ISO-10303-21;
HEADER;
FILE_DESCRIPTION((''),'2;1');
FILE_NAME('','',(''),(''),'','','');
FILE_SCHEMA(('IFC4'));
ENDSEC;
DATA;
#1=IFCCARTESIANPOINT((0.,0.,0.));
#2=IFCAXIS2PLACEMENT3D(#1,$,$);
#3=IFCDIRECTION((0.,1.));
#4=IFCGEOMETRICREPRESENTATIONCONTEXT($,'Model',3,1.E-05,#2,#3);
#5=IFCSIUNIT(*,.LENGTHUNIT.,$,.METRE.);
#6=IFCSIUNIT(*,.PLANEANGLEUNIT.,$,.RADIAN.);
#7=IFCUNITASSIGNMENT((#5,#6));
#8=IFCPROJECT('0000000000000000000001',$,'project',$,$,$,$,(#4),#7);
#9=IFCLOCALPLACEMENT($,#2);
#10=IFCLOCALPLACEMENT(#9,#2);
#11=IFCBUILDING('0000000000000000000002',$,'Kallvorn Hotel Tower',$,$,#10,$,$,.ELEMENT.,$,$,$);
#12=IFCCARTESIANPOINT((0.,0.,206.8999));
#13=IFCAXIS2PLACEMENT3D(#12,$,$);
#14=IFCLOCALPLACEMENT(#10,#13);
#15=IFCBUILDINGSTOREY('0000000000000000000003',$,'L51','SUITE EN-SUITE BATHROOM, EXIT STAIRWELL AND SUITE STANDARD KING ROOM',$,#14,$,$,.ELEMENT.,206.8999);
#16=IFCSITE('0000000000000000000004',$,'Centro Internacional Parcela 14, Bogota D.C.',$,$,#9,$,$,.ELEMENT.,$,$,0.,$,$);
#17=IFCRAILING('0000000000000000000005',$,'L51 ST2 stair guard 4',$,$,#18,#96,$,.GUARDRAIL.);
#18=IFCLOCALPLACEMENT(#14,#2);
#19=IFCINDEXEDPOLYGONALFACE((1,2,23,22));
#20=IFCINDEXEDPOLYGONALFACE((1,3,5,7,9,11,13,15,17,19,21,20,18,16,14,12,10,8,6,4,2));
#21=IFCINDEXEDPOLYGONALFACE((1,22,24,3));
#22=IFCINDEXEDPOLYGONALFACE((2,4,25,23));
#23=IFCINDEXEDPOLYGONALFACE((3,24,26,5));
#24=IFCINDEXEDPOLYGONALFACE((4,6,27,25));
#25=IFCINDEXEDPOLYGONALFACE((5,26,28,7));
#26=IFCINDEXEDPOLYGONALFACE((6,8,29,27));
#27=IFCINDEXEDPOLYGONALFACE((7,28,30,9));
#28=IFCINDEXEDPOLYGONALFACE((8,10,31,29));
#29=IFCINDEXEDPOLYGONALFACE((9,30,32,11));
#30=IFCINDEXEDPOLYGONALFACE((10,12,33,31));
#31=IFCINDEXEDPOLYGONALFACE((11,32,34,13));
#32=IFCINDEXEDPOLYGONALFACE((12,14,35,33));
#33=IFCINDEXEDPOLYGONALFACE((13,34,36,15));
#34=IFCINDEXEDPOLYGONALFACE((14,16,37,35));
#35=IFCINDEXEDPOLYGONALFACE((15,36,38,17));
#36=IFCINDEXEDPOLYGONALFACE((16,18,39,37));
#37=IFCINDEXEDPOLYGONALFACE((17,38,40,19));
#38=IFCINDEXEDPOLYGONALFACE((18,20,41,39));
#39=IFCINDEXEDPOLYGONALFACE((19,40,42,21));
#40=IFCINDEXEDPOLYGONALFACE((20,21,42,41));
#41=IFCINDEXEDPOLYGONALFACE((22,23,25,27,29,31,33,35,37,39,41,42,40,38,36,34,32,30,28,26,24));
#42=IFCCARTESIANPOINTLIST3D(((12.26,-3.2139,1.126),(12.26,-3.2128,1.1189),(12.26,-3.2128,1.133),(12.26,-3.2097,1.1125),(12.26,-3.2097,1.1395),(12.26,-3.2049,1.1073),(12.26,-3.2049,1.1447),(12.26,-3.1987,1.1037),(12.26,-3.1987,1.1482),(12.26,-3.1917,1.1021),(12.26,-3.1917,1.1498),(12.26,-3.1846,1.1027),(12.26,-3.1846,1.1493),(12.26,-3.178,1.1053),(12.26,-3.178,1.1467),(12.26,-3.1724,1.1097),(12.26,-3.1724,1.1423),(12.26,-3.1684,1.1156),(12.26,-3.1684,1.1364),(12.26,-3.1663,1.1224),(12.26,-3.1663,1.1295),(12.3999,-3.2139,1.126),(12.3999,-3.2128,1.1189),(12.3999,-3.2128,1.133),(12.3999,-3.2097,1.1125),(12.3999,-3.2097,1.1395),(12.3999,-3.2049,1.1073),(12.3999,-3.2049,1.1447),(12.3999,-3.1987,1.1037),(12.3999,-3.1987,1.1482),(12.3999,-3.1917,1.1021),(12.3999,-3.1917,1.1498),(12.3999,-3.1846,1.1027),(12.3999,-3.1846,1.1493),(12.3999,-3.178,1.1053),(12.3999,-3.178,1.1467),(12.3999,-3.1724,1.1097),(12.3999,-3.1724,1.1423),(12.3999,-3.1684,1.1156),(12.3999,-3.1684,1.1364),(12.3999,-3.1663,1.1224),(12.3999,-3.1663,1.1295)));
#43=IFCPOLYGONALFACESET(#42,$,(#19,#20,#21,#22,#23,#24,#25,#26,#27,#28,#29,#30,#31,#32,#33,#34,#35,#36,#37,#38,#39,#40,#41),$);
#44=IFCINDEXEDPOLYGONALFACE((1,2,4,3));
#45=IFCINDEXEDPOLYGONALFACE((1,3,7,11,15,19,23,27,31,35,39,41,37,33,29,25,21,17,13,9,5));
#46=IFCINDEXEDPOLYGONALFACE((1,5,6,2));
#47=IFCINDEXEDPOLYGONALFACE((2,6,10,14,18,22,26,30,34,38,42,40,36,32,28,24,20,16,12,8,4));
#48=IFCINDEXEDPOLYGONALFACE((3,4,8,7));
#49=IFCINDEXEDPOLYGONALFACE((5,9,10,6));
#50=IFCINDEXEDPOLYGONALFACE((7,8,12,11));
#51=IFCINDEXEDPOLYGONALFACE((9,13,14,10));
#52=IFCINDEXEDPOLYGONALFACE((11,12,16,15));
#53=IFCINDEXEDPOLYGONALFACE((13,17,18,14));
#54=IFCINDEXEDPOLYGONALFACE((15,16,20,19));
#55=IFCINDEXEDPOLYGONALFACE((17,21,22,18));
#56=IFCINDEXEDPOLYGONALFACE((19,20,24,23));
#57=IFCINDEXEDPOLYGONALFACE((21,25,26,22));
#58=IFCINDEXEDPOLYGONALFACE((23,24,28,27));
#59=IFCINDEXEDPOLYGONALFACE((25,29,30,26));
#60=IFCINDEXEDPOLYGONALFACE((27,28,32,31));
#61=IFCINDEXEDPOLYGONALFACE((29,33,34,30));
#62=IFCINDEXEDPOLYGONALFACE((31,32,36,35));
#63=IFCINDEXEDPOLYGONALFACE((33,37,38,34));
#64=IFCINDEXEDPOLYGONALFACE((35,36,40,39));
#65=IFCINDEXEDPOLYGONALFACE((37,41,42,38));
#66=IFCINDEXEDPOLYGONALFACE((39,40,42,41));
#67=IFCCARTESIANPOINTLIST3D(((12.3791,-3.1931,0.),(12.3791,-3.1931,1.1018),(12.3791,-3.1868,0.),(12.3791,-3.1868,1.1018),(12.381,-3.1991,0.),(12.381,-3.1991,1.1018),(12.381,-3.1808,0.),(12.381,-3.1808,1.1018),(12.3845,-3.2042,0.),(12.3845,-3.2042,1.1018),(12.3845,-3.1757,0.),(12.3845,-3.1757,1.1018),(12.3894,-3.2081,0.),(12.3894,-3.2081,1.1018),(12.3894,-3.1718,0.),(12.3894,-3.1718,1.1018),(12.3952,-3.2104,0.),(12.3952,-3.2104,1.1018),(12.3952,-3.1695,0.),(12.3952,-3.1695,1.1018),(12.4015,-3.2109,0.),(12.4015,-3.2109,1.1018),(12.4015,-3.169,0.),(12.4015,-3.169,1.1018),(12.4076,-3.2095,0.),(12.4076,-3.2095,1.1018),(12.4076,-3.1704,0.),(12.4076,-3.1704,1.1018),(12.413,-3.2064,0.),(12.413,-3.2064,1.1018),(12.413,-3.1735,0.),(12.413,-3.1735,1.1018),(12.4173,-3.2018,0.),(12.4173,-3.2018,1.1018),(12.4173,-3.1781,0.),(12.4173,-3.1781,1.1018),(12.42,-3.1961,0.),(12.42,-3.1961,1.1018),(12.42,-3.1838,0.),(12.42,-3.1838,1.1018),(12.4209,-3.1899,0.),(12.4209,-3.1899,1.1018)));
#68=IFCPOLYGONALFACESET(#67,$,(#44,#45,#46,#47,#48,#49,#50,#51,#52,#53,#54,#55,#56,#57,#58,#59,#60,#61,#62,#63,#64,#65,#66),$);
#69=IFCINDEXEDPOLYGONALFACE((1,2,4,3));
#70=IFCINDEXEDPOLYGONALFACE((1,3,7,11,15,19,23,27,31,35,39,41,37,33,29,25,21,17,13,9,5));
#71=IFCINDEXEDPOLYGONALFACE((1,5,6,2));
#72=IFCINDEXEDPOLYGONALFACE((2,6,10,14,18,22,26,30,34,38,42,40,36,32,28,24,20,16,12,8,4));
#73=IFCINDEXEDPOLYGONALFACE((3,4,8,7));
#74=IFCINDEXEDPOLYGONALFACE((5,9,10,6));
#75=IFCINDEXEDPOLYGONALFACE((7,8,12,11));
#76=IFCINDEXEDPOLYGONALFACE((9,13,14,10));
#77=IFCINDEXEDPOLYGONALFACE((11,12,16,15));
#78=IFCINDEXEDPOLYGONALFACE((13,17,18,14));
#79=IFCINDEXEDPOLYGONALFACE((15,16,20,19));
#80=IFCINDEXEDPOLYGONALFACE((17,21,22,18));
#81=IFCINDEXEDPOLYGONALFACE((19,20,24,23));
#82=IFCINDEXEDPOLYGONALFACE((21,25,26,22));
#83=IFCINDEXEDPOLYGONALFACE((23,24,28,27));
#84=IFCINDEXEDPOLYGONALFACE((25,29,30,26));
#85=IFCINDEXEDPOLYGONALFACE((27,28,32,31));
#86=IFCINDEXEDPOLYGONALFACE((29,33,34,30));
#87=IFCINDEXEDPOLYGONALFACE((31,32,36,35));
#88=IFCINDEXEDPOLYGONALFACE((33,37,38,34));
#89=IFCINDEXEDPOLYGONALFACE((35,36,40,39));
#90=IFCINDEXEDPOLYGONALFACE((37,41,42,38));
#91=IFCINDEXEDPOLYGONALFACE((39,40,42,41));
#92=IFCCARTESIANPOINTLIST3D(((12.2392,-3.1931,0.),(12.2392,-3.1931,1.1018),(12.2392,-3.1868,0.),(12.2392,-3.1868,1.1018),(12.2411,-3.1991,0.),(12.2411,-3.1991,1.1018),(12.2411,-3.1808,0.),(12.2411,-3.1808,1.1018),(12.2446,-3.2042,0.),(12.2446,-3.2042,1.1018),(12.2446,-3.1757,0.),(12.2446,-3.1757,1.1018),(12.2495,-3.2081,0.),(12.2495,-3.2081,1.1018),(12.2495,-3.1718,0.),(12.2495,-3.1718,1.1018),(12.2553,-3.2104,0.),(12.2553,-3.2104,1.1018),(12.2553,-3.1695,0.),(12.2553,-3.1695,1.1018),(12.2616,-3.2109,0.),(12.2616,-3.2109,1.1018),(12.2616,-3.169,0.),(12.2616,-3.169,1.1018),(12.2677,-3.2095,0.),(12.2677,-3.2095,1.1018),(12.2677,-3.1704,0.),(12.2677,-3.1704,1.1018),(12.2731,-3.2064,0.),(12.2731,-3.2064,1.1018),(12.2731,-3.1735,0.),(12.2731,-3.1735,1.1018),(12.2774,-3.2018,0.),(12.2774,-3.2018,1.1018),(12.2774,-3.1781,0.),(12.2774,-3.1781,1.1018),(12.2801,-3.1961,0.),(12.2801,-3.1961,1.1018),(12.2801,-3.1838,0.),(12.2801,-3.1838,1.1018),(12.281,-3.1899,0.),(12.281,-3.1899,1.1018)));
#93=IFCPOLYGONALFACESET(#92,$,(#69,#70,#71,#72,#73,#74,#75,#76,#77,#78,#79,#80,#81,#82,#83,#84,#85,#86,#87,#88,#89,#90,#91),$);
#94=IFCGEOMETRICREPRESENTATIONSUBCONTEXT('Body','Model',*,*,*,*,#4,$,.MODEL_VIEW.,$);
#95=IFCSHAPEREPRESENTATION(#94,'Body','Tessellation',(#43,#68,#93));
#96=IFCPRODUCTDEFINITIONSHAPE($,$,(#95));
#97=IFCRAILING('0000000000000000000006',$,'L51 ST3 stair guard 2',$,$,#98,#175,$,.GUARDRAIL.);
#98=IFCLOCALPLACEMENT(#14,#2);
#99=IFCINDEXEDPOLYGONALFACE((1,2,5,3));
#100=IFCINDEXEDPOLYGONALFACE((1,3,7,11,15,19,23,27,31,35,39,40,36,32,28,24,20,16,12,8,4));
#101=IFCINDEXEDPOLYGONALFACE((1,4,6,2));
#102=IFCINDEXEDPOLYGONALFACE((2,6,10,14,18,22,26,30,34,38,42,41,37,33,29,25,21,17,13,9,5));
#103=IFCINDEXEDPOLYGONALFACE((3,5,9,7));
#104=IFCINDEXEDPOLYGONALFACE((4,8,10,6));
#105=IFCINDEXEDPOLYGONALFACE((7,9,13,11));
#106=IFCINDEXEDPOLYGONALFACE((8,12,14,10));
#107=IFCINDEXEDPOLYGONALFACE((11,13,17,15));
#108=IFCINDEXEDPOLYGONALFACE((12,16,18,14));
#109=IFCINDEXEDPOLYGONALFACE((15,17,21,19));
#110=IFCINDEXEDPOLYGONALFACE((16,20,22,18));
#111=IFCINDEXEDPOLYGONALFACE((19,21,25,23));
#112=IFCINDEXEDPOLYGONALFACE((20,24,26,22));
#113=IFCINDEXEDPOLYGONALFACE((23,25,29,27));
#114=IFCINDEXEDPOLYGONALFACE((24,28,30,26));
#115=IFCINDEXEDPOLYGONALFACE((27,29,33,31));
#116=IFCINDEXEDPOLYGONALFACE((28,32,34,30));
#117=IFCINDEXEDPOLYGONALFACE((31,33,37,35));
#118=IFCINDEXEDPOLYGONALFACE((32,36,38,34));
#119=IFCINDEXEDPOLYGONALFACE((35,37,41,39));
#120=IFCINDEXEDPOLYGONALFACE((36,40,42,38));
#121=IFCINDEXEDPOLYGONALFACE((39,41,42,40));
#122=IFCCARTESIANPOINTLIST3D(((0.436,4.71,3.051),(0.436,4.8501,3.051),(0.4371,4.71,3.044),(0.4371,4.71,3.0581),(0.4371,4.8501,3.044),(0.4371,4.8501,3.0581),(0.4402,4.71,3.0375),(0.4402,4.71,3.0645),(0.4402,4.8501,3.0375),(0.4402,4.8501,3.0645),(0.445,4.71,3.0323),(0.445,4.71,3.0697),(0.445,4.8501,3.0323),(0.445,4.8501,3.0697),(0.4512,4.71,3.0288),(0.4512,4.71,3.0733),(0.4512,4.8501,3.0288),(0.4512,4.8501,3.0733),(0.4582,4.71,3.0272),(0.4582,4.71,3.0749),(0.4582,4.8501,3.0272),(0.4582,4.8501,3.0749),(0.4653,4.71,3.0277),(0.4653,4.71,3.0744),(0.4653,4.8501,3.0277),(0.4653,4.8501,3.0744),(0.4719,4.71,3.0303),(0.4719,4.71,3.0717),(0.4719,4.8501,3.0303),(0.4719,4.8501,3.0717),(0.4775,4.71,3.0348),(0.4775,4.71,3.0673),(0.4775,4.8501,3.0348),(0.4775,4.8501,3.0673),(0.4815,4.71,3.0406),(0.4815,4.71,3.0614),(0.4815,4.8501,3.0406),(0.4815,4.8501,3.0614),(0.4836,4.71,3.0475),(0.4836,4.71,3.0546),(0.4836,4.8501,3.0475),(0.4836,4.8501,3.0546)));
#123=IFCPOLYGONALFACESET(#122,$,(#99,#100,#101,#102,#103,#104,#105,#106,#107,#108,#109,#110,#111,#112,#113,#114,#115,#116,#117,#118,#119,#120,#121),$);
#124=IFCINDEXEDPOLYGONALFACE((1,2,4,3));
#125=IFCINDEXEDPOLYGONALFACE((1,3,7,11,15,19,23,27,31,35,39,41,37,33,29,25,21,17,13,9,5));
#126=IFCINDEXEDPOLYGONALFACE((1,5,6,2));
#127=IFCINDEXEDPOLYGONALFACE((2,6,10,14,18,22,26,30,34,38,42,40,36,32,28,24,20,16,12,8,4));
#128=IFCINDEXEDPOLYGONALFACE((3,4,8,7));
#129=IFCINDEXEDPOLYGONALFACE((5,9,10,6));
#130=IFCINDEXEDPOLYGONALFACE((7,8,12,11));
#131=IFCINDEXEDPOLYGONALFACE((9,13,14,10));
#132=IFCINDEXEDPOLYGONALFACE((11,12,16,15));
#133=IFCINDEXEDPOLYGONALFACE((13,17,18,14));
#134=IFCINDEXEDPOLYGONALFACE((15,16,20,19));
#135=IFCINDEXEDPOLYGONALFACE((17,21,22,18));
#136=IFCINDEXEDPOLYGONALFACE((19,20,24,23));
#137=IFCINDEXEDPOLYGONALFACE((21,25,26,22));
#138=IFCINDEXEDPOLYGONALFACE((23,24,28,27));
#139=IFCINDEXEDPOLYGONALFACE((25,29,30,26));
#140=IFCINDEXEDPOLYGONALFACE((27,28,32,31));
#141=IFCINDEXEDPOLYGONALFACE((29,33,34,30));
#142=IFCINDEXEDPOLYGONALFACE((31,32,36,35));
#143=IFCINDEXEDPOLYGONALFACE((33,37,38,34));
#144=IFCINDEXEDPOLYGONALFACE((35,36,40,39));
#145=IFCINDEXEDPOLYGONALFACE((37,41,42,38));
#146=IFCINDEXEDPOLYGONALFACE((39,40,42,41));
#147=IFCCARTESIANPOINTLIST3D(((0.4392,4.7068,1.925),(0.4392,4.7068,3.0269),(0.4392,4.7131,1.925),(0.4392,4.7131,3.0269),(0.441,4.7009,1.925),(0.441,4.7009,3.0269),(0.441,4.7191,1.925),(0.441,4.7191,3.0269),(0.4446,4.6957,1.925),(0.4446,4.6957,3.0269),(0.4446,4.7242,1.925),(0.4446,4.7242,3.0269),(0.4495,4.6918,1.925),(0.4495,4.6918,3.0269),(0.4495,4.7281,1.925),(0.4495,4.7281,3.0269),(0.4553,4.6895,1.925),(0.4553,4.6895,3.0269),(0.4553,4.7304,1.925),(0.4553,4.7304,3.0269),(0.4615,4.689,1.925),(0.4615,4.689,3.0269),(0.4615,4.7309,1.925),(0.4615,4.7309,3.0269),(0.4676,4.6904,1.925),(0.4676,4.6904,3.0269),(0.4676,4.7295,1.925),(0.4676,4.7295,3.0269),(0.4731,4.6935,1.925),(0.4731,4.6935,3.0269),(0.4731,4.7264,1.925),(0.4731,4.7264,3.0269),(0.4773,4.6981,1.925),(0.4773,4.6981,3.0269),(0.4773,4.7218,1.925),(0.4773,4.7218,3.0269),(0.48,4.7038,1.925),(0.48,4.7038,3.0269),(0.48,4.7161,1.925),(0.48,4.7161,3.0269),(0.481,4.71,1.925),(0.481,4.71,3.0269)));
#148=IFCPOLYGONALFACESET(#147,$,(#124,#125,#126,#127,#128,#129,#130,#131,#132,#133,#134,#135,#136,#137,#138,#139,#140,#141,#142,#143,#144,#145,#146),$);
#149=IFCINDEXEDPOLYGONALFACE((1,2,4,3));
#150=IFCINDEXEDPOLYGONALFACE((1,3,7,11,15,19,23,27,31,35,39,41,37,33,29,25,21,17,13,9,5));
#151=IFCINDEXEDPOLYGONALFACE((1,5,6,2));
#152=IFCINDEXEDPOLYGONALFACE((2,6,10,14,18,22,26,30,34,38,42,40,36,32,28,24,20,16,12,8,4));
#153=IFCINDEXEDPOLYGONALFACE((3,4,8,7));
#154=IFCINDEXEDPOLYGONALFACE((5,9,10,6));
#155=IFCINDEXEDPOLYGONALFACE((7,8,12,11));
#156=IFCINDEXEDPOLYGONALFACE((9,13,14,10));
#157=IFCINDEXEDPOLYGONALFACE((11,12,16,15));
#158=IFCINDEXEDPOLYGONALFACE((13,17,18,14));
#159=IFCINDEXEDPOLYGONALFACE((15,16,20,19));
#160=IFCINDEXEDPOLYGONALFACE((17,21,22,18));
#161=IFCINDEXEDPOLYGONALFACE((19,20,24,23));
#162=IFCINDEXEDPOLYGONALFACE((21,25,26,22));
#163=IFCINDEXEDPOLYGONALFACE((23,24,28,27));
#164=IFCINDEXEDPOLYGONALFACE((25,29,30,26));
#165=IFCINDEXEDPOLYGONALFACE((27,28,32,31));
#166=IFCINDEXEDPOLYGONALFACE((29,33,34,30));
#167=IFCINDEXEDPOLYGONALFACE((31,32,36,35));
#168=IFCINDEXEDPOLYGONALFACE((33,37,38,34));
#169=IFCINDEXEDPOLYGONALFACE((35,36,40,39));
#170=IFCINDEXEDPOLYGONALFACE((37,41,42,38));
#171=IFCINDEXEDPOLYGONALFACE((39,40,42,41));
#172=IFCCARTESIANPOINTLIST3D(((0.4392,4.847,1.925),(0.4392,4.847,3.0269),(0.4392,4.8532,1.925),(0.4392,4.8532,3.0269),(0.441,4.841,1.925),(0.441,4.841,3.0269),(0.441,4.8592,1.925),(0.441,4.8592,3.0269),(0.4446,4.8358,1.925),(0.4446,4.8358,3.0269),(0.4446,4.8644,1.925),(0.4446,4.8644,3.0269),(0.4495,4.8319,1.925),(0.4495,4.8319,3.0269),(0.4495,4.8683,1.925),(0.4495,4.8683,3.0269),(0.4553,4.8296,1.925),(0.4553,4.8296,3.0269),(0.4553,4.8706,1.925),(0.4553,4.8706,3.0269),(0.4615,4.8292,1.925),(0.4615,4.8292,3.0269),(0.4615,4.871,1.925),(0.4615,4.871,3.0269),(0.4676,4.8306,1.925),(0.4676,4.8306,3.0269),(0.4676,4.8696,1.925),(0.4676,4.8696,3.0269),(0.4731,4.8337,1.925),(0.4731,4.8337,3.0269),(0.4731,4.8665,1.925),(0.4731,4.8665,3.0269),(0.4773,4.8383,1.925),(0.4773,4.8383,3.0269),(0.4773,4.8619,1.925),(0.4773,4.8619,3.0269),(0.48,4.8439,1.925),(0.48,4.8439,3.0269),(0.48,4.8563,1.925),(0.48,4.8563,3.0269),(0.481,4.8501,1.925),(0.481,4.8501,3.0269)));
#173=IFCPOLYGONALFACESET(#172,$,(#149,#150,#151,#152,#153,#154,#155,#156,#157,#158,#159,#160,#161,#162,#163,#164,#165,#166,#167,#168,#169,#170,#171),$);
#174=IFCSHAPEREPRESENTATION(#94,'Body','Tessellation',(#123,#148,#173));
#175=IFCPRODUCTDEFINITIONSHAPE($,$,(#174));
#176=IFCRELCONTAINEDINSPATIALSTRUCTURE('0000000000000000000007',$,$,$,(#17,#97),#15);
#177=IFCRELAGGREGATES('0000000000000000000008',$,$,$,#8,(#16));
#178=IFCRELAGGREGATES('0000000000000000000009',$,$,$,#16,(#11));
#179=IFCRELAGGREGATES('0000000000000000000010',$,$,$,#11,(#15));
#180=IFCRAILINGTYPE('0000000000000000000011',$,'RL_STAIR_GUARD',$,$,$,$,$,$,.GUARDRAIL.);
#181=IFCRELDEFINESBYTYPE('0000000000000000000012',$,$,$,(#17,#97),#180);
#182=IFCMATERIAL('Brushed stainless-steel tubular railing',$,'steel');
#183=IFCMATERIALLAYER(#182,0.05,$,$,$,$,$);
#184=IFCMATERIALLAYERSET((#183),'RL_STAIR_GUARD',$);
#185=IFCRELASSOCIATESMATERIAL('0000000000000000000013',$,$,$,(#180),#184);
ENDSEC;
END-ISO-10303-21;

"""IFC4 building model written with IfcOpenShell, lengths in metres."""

from ifc_helpers import new_model, si_unit, direction, frame, origin, origin_2d, place, context, subcontext, project, spatial, circle, extrude, material, layer, layer_set, type_object, element, save


model = new_model("IFC4")

# Units and contexts
model_context = context("Model", 3, precision=1e-05, world=origin(), true_north=direction((0.0, 1.0)))
body_context = subcontext(model_context, "Body", "Model", "MODEL_VIEW")
ifc_project = project(units=[si_unit("LENGTHUNIT", "METRE"), si_unit("PLANEANGLEUNIT", "RADIAN")], contexts=[model_context])

# Site, building, storey
site_placement = place(None, origin())
site = spatial("IfcSite", under=ifc_project, at=site_placement, Name="Centro Internacional Parcela 14, Bogota D.C.", CompositionType="ELEMENT", RefElevation=0.0)
building_placement = place(site_placement, origin())
building = spatial("IfcBuilding", under=site, at=building_placement, Name="Kallvorn Hotel Tower", CompositionType="ELEMENT")
storey_placement = place(building_placement, frame((0.0, 0.0, 206.8999)))
storey = spatial("IfcBuildingStorey", under=building, at=storey_placement, Name="L51", Description="SUITE EN-SUITE BATHROOM, EXIT STAIRWELL AND SUITE STANDARD KING ROOM", CompositionType="ELEMENT", Elevation=206.8999)

# Railings
ifc_material_1 = material(Name="Brushed stainless-steel tubular railing", Category="steel")
ifc_layer_1 = layer(ifc_material_1, 0.05)
ifc_layer_set_1 = layer_set([ifc_layer_1], Name="RL_STAIR_GUARD")
railing_type_1 = type_object("IfcRailingType", Name="RL_STAIR_GUARD", PredefinedType="GUARDRAIL", material=ifc_layer_set_1)
railing_1_placement = place(storey_placement, frame((12.3999, -3.1899, 0.0)))
element("IfcRailing", 1, at=railing_1_placement, inside=storey, type_object=railing_type_1, Name="L51 ST2 stair guard 4", PredefinedType="GUARDRAIL", context=body_context, shape_type="SweptSolid", body=[
    extrude(circle(Radius=0.0239, at=origin_2d()), frame((0.0, 0.0, 1.126), z_axis=(-1.0, 0.0, 0.0), x_axis=(0.0, -1.0, 0.0)), (0.0, 0.0, 1.0), 0.1399),
    extrude(circle(Radius=0.021, at=origin_2d()), origin(), (0.0, 0.0, 1.0), 1.1018),
    extrude(circle(Radius=0.021, at=origin_2d()), frame((-0.1399, 0.0, 0.0)), (0.0, 0.0, 1.0), 1.1018),
])
railing_2_placement = place(storey_placement, frame((0.46, 4.71, 1.925)))
element("IfcRailing", 2, at=railing_2_placement, inside=storey, type_object=railing_type_1, Name="L51 ST3 stair guard 2", PredefinedType="GUARDRAIL", context=body_context, shape_type="SweptSolid", body=[
    extrude(circle(Radius=0.0239, at=origin_2d()), frame((0.0, 0.0, 1.126), z_axis=(0.0, 1.0, 0.0), x_axis=(-1.0, 0.0, 0.0)), (0.0, 0.0, 1.0), 0.1401),
    extrude(circle(Radius=0.021, at=origin_2d()), origin(), (0.0, 0.0, 1.0), 1.1018),
    extrude(circle(Radius=0.021, at=origin_2d()), frame((0.0, 0.1401, 0.0)), (0.0, 0.0, 1.0), 1.1018),
])

save(model, "model.ifc")
